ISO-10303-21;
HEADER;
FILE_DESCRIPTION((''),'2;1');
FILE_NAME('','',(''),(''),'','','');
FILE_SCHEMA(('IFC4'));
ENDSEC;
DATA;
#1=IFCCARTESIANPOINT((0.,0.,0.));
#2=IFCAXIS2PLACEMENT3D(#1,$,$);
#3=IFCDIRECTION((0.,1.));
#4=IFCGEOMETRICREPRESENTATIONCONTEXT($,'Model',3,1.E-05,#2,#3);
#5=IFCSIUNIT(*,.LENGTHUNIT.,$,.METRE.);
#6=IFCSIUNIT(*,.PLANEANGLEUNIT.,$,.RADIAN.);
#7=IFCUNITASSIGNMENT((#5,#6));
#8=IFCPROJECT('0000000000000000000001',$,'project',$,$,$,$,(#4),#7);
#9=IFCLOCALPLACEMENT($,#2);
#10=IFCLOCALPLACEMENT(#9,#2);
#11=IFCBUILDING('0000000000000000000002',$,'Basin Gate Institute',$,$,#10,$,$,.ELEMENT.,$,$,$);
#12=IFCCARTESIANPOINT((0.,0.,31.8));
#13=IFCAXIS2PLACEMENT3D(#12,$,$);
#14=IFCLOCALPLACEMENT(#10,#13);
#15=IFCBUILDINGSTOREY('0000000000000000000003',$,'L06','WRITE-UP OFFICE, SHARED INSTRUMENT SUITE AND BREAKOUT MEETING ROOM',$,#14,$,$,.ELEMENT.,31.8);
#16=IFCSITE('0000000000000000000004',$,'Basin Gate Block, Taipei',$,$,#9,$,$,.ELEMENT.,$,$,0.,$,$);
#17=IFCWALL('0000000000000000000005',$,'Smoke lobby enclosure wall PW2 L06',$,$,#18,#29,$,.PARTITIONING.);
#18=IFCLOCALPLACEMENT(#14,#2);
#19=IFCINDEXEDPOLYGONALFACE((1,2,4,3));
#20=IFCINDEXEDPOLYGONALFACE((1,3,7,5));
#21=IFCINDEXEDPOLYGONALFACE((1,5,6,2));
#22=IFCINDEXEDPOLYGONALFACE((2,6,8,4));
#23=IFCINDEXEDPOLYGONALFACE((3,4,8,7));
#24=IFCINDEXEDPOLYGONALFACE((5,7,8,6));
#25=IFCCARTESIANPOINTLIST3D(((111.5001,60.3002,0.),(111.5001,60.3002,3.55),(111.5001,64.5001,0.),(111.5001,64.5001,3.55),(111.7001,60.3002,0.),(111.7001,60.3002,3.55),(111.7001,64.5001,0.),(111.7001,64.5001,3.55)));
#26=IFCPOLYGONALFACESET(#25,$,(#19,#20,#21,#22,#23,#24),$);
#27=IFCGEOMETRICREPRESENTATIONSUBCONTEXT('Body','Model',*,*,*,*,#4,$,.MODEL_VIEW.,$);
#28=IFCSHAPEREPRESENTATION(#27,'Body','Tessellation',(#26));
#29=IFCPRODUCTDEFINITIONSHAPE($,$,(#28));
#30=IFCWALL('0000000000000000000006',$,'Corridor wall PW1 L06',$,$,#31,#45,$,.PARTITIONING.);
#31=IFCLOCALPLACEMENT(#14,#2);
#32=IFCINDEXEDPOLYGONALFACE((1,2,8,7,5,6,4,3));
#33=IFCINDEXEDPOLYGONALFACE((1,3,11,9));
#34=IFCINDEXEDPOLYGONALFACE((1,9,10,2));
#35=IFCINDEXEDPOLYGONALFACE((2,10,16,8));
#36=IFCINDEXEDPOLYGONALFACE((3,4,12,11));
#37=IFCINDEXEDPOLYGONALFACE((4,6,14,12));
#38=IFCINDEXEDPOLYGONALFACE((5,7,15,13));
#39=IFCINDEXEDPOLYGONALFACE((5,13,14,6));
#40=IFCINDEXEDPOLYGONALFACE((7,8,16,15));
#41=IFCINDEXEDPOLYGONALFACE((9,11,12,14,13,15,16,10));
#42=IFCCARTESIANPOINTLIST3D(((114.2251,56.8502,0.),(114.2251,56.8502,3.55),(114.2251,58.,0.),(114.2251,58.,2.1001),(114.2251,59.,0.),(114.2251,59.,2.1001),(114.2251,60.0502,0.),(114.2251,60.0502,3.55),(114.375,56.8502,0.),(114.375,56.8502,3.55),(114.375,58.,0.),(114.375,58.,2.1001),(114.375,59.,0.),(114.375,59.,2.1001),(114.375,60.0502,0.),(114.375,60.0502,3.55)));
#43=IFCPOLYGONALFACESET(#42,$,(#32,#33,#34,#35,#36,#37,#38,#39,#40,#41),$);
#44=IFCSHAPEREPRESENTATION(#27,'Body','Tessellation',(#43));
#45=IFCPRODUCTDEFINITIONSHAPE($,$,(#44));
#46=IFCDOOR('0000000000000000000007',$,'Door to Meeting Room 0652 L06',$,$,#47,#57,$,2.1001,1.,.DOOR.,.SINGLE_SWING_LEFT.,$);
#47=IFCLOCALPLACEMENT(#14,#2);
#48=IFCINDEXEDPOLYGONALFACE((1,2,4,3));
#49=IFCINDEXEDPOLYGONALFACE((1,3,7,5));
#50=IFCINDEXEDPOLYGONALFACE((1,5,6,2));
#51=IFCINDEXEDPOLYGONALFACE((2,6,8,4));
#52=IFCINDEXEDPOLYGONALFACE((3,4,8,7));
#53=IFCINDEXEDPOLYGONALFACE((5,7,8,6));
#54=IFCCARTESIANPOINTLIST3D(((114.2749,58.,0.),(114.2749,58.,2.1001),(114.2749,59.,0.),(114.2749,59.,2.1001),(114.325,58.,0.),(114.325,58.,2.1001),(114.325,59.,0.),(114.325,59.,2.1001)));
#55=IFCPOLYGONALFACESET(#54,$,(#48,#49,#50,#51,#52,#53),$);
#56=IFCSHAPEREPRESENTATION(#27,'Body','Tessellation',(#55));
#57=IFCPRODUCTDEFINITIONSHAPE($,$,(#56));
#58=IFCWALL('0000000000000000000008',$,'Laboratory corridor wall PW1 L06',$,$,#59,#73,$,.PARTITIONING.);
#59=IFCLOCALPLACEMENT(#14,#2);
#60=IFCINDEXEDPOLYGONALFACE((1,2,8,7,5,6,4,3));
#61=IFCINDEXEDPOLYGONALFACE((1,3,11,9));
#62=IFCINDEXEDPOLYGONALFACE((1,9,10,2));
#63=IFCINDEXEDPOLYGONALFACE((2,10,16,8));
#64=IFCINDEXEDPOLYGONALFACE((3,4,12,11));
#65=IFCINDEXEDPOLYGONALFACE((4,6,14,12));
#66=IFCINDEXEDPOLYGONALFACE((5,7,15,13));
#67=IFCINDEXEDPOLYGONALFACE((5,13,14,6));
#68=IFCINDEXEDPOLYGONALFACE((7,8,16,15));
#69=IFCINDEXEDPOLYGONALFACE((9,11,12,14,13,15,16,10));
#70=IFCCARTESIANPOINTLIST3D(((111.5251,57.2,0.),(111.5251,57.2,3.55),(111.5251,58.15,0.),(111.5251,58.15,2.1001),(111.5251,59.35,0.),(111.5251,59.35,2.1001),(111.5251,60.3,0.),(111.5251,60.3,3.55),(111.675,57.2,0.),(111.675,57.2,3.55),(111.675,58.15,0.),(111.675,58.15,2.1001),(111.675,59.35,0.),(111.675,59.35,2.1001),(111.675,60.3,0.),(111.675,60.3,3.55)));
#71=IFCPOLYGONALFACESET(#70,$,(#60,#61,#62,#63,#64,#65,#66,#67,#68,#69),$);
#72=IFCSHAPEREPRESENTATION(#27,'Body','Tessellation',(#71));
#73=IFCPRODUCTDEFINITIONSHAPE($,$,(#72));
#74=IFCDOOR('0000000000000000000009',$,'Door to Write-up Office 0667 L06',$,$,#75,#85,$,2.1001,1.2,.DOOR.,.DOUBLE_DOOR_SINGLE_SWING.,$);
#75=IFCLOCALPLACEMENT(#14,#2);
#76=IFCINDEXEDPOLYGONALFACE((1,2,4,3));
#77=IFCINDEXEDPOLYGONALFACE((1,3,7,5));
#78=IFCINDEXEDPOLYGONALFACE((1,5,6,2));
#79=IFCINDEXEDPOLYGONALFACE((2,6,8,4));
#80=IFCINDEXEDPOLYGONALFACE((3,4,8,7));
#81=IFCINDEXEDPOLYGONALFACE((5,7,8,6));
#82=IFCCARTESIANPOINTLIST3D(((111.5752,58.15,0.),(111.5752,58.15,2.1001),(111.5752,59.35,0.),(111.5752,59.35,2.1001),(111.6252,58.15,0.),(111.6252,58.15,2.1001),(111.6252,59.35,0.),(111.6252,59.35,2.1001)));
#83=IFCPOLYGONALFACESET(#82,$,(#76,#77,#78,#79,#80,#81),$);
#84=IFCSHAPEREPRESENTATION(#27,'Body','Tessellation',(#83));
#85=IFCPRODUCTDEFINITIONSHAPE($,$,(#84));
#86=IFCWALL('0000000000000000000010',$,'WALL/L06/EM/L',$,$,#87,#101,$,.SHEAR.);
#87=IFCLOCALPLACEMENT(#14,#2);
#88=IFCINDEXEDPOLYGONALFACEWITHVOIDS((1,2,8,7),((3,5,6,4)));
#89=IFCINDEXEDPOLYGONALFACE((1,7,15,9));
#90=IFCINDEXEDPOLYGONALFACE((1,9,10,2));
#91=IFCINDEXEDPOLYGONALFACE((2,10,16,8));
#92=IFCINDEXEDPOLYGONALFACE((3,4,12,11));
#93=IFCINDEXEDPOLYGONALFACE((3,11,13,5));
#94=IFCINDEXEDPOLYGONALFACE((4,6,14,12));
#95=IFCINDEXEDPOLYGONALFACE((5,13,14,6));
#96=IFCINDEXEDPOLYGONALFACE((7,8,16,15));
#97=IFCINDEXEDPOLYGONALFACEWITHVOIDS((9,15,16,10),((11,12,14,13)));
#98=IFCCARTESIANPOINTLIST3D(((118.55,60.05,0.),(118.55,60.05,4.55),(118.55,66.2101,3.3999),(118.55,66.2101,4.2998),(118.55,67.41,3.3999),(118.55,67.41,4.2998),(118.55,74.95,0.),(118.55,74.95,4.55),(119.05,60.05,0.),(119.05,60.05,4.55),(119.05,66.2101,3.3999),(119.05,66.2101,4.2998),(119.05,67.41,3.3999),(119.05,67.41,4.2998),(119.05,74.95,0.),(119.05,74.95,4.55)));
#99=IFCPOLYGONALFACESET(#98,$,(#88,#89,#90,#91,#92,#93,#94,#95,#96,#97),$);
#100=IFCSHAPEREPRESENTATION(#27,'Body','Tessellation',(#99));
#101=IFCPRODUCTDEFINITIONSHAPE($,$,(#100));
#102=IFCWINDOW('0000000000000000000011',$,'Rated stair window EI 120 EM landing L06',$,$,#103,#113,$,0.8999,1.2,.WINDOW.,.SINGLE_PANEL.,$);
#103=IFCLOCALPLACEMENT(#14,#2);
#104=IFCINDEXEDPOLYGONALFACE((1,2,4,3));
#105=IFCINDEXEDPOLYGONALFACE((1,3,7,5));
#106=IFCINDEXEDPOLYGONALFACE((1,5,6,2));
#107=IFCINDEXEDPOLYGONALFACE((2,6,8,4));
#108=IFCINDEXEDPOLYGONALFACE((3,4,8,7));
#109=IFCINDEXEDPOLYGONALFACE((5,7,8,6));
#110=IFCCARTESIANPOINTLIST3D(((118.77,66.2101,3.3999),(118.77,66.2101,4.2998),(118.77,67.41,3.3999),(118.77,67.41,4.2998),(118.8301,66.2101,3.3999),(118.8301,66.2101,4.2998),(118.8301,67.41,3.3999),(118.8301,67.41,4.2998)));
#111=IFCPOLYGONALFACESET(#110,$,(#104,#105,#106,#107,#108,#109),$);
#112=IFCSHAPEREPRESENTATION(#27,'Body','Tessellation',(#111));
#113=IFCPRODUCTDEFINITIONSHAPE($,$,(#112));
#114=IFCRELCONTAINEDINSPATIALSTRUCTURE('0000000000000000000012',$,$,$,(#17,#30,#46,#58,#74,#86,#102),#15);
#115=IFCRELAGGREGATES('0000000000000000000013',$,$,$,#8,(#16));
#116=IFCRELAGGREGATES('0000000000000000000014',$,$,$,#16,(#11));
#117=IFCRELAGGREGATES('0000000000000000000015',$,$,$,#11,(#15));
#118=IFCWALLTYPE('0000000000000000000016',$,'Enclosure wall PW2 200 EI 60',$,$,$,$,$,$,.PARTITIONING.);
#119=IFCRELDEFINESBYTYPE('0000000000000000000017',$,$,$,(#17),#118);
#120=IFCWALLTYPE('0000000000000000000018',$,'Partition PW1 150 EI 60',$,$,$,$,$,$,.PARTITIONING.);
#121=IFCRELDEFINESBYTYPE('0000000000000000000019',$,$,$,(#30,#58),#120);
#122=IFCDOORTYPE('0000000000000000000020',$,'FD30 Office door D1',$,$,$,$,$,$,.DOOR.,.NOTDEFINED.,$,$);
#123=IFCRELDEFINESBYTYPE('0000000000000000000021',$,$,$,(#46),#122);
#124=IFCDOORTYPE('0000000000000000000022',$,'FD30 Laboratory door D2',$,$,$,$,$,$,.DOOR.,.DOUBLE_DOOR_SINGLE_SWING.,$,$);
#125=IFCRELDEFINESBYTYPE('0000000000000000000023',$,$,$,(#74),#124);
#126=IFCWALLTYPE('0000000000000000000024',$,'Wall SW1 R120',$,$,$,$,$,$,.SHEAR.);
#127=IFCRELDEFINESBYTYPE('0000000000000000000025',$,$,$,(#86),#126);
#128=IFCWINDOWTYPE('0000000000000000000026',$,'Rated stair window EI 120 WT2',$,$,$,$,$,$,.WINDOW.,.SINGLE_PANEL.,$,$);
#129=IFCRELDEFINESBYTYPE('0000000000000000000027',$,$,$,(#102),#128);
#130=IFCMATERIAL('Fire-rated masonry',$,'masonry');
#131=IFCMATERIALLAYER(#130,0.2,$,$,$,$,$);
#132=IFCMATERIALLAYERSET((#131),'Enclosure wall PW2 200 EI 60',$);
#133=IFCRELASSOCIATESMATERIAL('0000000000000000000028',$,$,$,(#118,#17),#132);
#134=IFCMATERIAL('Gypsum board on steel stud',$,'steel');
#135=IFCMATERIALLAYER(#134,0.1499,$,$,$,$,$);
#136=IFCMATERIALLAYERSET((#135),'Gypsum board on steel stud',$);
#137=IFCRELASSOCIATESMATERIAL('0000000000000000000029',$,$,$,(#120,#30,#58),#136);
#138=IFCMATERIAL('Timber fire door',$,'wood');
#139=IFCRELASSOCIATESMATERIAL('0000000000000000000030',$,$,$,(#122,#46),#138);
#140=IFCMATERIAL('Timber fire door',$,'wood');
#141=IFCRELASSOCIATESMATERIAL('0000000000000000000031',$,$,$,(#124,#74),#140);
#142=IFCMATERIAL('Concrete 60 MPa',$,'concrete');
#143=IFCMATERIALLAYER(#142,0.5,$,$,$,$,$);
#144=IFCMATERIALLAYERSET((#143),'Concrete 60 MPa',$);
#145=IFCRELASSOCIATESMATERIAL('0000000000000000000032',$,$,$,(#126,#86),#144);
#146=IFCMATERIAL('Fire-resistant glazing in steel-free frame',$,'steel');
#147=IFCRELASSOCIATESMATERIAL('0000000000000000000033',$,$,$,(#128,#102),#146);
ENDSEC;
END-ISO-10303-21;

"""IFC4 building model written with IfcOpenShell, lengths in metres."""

from ifc_helpers import new_model, si_unit, direction, frame, frame_2d, origin, place, context, subcontext, project, spatial, rectangle, extrude, material, layer, layer_set, type_object, element, fill, save


model = new_model("IFC4")

# Units and contexts
model_context = context("Model", 3, precision=1e-05, world=origin(), true_north=direction((0.0, 1.0)))
body_context = subcontext(model_context, "Body", "Model", "MODEL_VIEW")
ifc_project = project(units=[si_unit("LENGTHUNIT", "METRE"), si_unit("PLANEANGLEUNIT", "RADIAN")], contexts=[model_context])

# Site, building, storey
site_placement = place(None, origin())
site = spatial("IfcSite", under=ifc_project, at=site_placement, Name="Basin Gate Block, Taipei", CompositionType="ELEMENT", RefElevation=0.0)
building_placement = place(site_placement, origin())
building = spatial("IfcBuilding", under=site, at=building_placement, Name="Basin Gate Institute", CompositionType="ELEMENT")
storey_placement = place(building_placement, frame((0.0, 0.0, 31.8)))
storey = spatial("IfcBuildingStorey", under=building, at=storey_placement, Name="L06", Description="WRITE-UP OFFICE, SHARED INSTRUMENT SUITE AND BREAKOUT MEETING ROOM", CompositionType="ELEMENT", Elevation=31.8)

# Wall
ifc_material_1 = material(Name="Fire-rated masonry", Category="masonry")
ifc_layer_1 = layer(ifc_material_1, 0.2)
ifc_layer_set_1 = layer_set([ifc_layer_1], Name="Enclosure wall PW2 200 EI 60")
wall_type_1 = type_object("IfcWallType", Name="Enclosure wall PW2 200 EI 60", PredefinedType="PARTITIONING", material=ifc_layer_set_1)
wall_1_placement = place(storey_placement, frame((111.6001, 60.3, 0.0), z_axis=(0.0, 0.0, 1.0), x_axis=(0.0, 1.0, 0.0)))
element("IfcWall", 1, at=wall_1_placement, inside=storey, type_object=wall_type_1, material=ifc_layer_set_1, Name="Smoke lobby enclosure wall PW2 L06", PredefinedType="PARTITIONING", context=body_context, shape_type="SweptSolid", body=[
    extrude(rectangle(XDim=4.2, YDim=0.2, at=frame_2d((2.1001, 0.0))), origin(), (0.0, 0.0, 1.0), 3.55),
])

# Walls, openings, doors
ifc_material_2 = material(Name="Gypsum board on steel stud", Category="steel")
ifc_layer_2 = layer(ifc_material_2, 0.1499)
ifc_layer_set_2 = layer_set([ifc_layer_2], Name="Gypsum board on steel stud")
wall_type_2 = type_object("IfcWallType", Name="Partition PW1 150 EI 60", PredefinedType="PARTITIONING", material=ifc_layer_set_2)
wall_2_placement = place(storey_placement, frame((114.3, 56.8501, 0.0), z_axis=(0.0, 0.0, 1.0), x_axis=(0.0, 1.0, 0.0)))
wall_2 = element("IfcWall", 2, at=wall_2_placement, inside=storey, type_object=wall_type_2, material=ifc_layer_set_2, Name="Corridor wall PW1 L06", PredefinedType="PARTITIONING", context=body_context, shape_type="SweptSolid", body=[
    extrude(rectangle(XDim=3.2, YDim=0.1499, at=frame_2d((1.6001, 0.0))), origin(), (0.0, 0.0, 1.0), 3.55),
])
opening_1_placement = place(wall_2_placement, frame((1.1499, 0.0, 0.0)))
opening_1 = element("IfcOpeningElement", 3, at=opening_1_placement, cuts=wall_2, PredefinedType="OPENING", context=body_context, shape_type="SweptSolid", body=[
    extrude(rectangle(XDim=1.0, YDim=2.1001, at=frame_2d((0.5, 1.05))), frame((0.0, 0.085, 0.0), z_axis=(0.0, -1.0, 0.0), x_axis=(1.0, 0.0, 0.0)), (0.0, 0.0, 1.0), 0.1699),
])
ifc_material_3 = material(Name="Timber fire door", Category="wood")
door_type_1 = type_object("IfcDoorType", Name="FD30 Office door D1", OperationType="NOTDEFINED", PredefinedType="DOOR", material=ifc_material_3)
door_1_placement = place(opening_1_placement, frame((1.0, 0.0, 0.0), z_axis=(0.0, 0.0, 1.0), x_axis=(-1.0, 0.0, 0.0)))
door_1 = element("IfcDoor", 4, at=door_1_placement, inside=storey, type_object=door_type_1, material=ifc_material_3, Name="Door to Meeting Room 0652 L06", OperationType="SINGLE_SWING_LEFT", OverallHeight=2.1001, OverallWidth=1.0, PredefinedType="DOOR", context=body_context, shape_type="SweptSolid", body=[
    extrude(rectangle(XDim=1.0, YDim=2.1001, at=frame_2d((0.5, 1.05))), frame((0.0, 0.0249, 0.0), z_axis=(0.0, -1.0, 0.0), x_axis=(1.0, 0.0, 0.0)), (0.0, 0.0, 1.0), 0.05),
])
fill(opening_1, door_1)
wall_3_placement = place(storey_placement, frame((111.6001, 57.2, 0.0), z_axis=(0.0, 0.0, 1.0), x_axis=(0.0, 1.0, 0.0)))
wall_3 = element("IfcWall", 5, at=wall_3_placement, inside=storey, type_object=wall_type_2, material=ifc_layer_set_2, Name="Laboratory corridor wall PW1 L06", PredefinedType="PARTITIONING", context=body_context, shape_type="SweptSolid", body=[
    extrude(rectangle(XDim=3.1001, YDim=0.1499, at=frame_2d((1.55, 0.0))), origin(), (0.0, 0.0, 1.0), 3.55),
])
opening_2_placement = place(wall_3_placement, frame((0.95, 0.0, 0.0)))
opening_2 = element("IfcOpeningElement", 6, at=opening_2_placement, cuts=wall_3, PredefinedType="OPENING", context=body_context, shape_type="SweptSolid", body=[
    extrude(rectangle(XDim=1.2, YDim=2.1001, at=frame_2d((0.6001, 1.05))), frame((0.0, 0.085, 0.0), z_axis=(0.0, -1.0, 0.0), x_axis=(1.0, 0.0, 0.0)), (0.0, 0.0, 1.0), 0.1699),
])
ifc_material_4 = material(Name="Timber fire door", Category="wood")
door_type_2 = type_object("IfcDoorType", Name="FD30 Laboratory door D2", OperationType="DOUBLE_DOOR_SINGLE_SWING", PredefinedType="DOOR", material=ifc_material_4)
door_2_placement = place(opening_2_placement, origin())
door_2 = element("IfcDoor", 7, at=door_2_placement, inside=storey, type_object=door_type_2, material=ifc_material_4, Name="Door to Write-up Office 0667 L06", OperationType="DOUBLE_DOOR_SINGLE_SWING", OverallHeight=2.1001, OverallWidth=1.2, PredefinedType="DOOR", context=body_context, shape_type="SweptSolid", body=[
    extrude(rectangle(XDim=1.2, YDim=2.1001, at=frame_2d((0.6001, 1.05))), frame((0.0, 0.0249, 0.0), z_axis=(0.0, -1.0, 0.0), x_axis=(1.0, 0.0, 0.0)), (0.0, 0.0, 1.0), 0.05),
])
fill(opening_2, door_2)

# Wall, opening, window
ifc_material_5 = material(Name="Concrete 60 MPa", Category="concrete")
ifc_layer_3 = layer(ifc_material_5, 0.5)
ifc_layer_set_3 = layer_set([ifc_layer_3], Name="Concrete 60 MPa")
wall_type_3 = type_object("IfcWallType", Name="Wall SW1 R120", PredefinedType="SHEAR", material=ifc_layer_set_3)
wall_4_placement = place(storey_placement, frame((118.8, 60.05, 0.0), z_axis=(0.0, 0.0, 1.0), x_axis=(0.0, 1.0, 0.0)))
wall_4 = element("IfcWall", 8, at=wall_4_placement, inside=storey, type_object=wall_type_3, material=ifc_layer_set_3, Name="WALL/L06/EM/L", PredefinedType="SHEAR", context=body_context, shape_type="SweptSolid", body=[
    extrude(rectangle(XDim=14.8999, YDim=0.5, at=frame_2d((7.45, 0.0))), origin(), (0.0, 0.0, 1.0), 4.55),
])
opening_3_placement = place(wall_4_placement, frame((6.1599, 0.0, 3.3999)))
opening_3 = element("IfcOpeningElement", 9, at=opening_3_placement, cuts=wall_4, PredefinedType="OPENING", context=body_context, shape_type="SweptSolid", body=[
    extrude(rectangle(XDim=1.2, YDim=0.8999, at=frame_2d((0.6001, 0.45))), frame((0.0, 0.26, 0.0), z_axis=(0.0, -1.0, 0.0), x_axis=(1.0, 0.0, 0.0)), (0.0, 0.0, 1.0), 0.52),
])
ifc_material_6 = material(Name="Fire-resistant glazing in steel-free frame", Category="steel")
window_type = type_object("IfcWindowType", Name="Rated stair window EI 120 WT2", PartitioningType="SINGLE_PANEL", PredefinedType="WINDOW", material=ifc_material_6)
window_placement = place(opening_3_placement, origin())
window = element("IfcWindow", 10, at=window_placement, inside=storey, type_object=window_type, material=ifc_material_6, Name="Rated stair window EI 120 EM landing L06", OverallHeight=0.8999, OverallWidth=1.2, PartitioningType="SINGLE_PANEL", PredefinedType="WINDOW", context=body_context, shape_type="SweptSolid", body=[
    extrude(rectangle(XDim=1.2, YDim=0.8999, at=frame_2d((0.6001, 0.45))), frame((0.0, 0.03, 0.0), z_axis=(0.0, -1.0, 0.0), x_axis=(1.0, 0.0, 0.0)), (0.0, 0.0, 1.0), 0.0601),
])
fill(opening_3, window)

save(model, "model.ifc")
